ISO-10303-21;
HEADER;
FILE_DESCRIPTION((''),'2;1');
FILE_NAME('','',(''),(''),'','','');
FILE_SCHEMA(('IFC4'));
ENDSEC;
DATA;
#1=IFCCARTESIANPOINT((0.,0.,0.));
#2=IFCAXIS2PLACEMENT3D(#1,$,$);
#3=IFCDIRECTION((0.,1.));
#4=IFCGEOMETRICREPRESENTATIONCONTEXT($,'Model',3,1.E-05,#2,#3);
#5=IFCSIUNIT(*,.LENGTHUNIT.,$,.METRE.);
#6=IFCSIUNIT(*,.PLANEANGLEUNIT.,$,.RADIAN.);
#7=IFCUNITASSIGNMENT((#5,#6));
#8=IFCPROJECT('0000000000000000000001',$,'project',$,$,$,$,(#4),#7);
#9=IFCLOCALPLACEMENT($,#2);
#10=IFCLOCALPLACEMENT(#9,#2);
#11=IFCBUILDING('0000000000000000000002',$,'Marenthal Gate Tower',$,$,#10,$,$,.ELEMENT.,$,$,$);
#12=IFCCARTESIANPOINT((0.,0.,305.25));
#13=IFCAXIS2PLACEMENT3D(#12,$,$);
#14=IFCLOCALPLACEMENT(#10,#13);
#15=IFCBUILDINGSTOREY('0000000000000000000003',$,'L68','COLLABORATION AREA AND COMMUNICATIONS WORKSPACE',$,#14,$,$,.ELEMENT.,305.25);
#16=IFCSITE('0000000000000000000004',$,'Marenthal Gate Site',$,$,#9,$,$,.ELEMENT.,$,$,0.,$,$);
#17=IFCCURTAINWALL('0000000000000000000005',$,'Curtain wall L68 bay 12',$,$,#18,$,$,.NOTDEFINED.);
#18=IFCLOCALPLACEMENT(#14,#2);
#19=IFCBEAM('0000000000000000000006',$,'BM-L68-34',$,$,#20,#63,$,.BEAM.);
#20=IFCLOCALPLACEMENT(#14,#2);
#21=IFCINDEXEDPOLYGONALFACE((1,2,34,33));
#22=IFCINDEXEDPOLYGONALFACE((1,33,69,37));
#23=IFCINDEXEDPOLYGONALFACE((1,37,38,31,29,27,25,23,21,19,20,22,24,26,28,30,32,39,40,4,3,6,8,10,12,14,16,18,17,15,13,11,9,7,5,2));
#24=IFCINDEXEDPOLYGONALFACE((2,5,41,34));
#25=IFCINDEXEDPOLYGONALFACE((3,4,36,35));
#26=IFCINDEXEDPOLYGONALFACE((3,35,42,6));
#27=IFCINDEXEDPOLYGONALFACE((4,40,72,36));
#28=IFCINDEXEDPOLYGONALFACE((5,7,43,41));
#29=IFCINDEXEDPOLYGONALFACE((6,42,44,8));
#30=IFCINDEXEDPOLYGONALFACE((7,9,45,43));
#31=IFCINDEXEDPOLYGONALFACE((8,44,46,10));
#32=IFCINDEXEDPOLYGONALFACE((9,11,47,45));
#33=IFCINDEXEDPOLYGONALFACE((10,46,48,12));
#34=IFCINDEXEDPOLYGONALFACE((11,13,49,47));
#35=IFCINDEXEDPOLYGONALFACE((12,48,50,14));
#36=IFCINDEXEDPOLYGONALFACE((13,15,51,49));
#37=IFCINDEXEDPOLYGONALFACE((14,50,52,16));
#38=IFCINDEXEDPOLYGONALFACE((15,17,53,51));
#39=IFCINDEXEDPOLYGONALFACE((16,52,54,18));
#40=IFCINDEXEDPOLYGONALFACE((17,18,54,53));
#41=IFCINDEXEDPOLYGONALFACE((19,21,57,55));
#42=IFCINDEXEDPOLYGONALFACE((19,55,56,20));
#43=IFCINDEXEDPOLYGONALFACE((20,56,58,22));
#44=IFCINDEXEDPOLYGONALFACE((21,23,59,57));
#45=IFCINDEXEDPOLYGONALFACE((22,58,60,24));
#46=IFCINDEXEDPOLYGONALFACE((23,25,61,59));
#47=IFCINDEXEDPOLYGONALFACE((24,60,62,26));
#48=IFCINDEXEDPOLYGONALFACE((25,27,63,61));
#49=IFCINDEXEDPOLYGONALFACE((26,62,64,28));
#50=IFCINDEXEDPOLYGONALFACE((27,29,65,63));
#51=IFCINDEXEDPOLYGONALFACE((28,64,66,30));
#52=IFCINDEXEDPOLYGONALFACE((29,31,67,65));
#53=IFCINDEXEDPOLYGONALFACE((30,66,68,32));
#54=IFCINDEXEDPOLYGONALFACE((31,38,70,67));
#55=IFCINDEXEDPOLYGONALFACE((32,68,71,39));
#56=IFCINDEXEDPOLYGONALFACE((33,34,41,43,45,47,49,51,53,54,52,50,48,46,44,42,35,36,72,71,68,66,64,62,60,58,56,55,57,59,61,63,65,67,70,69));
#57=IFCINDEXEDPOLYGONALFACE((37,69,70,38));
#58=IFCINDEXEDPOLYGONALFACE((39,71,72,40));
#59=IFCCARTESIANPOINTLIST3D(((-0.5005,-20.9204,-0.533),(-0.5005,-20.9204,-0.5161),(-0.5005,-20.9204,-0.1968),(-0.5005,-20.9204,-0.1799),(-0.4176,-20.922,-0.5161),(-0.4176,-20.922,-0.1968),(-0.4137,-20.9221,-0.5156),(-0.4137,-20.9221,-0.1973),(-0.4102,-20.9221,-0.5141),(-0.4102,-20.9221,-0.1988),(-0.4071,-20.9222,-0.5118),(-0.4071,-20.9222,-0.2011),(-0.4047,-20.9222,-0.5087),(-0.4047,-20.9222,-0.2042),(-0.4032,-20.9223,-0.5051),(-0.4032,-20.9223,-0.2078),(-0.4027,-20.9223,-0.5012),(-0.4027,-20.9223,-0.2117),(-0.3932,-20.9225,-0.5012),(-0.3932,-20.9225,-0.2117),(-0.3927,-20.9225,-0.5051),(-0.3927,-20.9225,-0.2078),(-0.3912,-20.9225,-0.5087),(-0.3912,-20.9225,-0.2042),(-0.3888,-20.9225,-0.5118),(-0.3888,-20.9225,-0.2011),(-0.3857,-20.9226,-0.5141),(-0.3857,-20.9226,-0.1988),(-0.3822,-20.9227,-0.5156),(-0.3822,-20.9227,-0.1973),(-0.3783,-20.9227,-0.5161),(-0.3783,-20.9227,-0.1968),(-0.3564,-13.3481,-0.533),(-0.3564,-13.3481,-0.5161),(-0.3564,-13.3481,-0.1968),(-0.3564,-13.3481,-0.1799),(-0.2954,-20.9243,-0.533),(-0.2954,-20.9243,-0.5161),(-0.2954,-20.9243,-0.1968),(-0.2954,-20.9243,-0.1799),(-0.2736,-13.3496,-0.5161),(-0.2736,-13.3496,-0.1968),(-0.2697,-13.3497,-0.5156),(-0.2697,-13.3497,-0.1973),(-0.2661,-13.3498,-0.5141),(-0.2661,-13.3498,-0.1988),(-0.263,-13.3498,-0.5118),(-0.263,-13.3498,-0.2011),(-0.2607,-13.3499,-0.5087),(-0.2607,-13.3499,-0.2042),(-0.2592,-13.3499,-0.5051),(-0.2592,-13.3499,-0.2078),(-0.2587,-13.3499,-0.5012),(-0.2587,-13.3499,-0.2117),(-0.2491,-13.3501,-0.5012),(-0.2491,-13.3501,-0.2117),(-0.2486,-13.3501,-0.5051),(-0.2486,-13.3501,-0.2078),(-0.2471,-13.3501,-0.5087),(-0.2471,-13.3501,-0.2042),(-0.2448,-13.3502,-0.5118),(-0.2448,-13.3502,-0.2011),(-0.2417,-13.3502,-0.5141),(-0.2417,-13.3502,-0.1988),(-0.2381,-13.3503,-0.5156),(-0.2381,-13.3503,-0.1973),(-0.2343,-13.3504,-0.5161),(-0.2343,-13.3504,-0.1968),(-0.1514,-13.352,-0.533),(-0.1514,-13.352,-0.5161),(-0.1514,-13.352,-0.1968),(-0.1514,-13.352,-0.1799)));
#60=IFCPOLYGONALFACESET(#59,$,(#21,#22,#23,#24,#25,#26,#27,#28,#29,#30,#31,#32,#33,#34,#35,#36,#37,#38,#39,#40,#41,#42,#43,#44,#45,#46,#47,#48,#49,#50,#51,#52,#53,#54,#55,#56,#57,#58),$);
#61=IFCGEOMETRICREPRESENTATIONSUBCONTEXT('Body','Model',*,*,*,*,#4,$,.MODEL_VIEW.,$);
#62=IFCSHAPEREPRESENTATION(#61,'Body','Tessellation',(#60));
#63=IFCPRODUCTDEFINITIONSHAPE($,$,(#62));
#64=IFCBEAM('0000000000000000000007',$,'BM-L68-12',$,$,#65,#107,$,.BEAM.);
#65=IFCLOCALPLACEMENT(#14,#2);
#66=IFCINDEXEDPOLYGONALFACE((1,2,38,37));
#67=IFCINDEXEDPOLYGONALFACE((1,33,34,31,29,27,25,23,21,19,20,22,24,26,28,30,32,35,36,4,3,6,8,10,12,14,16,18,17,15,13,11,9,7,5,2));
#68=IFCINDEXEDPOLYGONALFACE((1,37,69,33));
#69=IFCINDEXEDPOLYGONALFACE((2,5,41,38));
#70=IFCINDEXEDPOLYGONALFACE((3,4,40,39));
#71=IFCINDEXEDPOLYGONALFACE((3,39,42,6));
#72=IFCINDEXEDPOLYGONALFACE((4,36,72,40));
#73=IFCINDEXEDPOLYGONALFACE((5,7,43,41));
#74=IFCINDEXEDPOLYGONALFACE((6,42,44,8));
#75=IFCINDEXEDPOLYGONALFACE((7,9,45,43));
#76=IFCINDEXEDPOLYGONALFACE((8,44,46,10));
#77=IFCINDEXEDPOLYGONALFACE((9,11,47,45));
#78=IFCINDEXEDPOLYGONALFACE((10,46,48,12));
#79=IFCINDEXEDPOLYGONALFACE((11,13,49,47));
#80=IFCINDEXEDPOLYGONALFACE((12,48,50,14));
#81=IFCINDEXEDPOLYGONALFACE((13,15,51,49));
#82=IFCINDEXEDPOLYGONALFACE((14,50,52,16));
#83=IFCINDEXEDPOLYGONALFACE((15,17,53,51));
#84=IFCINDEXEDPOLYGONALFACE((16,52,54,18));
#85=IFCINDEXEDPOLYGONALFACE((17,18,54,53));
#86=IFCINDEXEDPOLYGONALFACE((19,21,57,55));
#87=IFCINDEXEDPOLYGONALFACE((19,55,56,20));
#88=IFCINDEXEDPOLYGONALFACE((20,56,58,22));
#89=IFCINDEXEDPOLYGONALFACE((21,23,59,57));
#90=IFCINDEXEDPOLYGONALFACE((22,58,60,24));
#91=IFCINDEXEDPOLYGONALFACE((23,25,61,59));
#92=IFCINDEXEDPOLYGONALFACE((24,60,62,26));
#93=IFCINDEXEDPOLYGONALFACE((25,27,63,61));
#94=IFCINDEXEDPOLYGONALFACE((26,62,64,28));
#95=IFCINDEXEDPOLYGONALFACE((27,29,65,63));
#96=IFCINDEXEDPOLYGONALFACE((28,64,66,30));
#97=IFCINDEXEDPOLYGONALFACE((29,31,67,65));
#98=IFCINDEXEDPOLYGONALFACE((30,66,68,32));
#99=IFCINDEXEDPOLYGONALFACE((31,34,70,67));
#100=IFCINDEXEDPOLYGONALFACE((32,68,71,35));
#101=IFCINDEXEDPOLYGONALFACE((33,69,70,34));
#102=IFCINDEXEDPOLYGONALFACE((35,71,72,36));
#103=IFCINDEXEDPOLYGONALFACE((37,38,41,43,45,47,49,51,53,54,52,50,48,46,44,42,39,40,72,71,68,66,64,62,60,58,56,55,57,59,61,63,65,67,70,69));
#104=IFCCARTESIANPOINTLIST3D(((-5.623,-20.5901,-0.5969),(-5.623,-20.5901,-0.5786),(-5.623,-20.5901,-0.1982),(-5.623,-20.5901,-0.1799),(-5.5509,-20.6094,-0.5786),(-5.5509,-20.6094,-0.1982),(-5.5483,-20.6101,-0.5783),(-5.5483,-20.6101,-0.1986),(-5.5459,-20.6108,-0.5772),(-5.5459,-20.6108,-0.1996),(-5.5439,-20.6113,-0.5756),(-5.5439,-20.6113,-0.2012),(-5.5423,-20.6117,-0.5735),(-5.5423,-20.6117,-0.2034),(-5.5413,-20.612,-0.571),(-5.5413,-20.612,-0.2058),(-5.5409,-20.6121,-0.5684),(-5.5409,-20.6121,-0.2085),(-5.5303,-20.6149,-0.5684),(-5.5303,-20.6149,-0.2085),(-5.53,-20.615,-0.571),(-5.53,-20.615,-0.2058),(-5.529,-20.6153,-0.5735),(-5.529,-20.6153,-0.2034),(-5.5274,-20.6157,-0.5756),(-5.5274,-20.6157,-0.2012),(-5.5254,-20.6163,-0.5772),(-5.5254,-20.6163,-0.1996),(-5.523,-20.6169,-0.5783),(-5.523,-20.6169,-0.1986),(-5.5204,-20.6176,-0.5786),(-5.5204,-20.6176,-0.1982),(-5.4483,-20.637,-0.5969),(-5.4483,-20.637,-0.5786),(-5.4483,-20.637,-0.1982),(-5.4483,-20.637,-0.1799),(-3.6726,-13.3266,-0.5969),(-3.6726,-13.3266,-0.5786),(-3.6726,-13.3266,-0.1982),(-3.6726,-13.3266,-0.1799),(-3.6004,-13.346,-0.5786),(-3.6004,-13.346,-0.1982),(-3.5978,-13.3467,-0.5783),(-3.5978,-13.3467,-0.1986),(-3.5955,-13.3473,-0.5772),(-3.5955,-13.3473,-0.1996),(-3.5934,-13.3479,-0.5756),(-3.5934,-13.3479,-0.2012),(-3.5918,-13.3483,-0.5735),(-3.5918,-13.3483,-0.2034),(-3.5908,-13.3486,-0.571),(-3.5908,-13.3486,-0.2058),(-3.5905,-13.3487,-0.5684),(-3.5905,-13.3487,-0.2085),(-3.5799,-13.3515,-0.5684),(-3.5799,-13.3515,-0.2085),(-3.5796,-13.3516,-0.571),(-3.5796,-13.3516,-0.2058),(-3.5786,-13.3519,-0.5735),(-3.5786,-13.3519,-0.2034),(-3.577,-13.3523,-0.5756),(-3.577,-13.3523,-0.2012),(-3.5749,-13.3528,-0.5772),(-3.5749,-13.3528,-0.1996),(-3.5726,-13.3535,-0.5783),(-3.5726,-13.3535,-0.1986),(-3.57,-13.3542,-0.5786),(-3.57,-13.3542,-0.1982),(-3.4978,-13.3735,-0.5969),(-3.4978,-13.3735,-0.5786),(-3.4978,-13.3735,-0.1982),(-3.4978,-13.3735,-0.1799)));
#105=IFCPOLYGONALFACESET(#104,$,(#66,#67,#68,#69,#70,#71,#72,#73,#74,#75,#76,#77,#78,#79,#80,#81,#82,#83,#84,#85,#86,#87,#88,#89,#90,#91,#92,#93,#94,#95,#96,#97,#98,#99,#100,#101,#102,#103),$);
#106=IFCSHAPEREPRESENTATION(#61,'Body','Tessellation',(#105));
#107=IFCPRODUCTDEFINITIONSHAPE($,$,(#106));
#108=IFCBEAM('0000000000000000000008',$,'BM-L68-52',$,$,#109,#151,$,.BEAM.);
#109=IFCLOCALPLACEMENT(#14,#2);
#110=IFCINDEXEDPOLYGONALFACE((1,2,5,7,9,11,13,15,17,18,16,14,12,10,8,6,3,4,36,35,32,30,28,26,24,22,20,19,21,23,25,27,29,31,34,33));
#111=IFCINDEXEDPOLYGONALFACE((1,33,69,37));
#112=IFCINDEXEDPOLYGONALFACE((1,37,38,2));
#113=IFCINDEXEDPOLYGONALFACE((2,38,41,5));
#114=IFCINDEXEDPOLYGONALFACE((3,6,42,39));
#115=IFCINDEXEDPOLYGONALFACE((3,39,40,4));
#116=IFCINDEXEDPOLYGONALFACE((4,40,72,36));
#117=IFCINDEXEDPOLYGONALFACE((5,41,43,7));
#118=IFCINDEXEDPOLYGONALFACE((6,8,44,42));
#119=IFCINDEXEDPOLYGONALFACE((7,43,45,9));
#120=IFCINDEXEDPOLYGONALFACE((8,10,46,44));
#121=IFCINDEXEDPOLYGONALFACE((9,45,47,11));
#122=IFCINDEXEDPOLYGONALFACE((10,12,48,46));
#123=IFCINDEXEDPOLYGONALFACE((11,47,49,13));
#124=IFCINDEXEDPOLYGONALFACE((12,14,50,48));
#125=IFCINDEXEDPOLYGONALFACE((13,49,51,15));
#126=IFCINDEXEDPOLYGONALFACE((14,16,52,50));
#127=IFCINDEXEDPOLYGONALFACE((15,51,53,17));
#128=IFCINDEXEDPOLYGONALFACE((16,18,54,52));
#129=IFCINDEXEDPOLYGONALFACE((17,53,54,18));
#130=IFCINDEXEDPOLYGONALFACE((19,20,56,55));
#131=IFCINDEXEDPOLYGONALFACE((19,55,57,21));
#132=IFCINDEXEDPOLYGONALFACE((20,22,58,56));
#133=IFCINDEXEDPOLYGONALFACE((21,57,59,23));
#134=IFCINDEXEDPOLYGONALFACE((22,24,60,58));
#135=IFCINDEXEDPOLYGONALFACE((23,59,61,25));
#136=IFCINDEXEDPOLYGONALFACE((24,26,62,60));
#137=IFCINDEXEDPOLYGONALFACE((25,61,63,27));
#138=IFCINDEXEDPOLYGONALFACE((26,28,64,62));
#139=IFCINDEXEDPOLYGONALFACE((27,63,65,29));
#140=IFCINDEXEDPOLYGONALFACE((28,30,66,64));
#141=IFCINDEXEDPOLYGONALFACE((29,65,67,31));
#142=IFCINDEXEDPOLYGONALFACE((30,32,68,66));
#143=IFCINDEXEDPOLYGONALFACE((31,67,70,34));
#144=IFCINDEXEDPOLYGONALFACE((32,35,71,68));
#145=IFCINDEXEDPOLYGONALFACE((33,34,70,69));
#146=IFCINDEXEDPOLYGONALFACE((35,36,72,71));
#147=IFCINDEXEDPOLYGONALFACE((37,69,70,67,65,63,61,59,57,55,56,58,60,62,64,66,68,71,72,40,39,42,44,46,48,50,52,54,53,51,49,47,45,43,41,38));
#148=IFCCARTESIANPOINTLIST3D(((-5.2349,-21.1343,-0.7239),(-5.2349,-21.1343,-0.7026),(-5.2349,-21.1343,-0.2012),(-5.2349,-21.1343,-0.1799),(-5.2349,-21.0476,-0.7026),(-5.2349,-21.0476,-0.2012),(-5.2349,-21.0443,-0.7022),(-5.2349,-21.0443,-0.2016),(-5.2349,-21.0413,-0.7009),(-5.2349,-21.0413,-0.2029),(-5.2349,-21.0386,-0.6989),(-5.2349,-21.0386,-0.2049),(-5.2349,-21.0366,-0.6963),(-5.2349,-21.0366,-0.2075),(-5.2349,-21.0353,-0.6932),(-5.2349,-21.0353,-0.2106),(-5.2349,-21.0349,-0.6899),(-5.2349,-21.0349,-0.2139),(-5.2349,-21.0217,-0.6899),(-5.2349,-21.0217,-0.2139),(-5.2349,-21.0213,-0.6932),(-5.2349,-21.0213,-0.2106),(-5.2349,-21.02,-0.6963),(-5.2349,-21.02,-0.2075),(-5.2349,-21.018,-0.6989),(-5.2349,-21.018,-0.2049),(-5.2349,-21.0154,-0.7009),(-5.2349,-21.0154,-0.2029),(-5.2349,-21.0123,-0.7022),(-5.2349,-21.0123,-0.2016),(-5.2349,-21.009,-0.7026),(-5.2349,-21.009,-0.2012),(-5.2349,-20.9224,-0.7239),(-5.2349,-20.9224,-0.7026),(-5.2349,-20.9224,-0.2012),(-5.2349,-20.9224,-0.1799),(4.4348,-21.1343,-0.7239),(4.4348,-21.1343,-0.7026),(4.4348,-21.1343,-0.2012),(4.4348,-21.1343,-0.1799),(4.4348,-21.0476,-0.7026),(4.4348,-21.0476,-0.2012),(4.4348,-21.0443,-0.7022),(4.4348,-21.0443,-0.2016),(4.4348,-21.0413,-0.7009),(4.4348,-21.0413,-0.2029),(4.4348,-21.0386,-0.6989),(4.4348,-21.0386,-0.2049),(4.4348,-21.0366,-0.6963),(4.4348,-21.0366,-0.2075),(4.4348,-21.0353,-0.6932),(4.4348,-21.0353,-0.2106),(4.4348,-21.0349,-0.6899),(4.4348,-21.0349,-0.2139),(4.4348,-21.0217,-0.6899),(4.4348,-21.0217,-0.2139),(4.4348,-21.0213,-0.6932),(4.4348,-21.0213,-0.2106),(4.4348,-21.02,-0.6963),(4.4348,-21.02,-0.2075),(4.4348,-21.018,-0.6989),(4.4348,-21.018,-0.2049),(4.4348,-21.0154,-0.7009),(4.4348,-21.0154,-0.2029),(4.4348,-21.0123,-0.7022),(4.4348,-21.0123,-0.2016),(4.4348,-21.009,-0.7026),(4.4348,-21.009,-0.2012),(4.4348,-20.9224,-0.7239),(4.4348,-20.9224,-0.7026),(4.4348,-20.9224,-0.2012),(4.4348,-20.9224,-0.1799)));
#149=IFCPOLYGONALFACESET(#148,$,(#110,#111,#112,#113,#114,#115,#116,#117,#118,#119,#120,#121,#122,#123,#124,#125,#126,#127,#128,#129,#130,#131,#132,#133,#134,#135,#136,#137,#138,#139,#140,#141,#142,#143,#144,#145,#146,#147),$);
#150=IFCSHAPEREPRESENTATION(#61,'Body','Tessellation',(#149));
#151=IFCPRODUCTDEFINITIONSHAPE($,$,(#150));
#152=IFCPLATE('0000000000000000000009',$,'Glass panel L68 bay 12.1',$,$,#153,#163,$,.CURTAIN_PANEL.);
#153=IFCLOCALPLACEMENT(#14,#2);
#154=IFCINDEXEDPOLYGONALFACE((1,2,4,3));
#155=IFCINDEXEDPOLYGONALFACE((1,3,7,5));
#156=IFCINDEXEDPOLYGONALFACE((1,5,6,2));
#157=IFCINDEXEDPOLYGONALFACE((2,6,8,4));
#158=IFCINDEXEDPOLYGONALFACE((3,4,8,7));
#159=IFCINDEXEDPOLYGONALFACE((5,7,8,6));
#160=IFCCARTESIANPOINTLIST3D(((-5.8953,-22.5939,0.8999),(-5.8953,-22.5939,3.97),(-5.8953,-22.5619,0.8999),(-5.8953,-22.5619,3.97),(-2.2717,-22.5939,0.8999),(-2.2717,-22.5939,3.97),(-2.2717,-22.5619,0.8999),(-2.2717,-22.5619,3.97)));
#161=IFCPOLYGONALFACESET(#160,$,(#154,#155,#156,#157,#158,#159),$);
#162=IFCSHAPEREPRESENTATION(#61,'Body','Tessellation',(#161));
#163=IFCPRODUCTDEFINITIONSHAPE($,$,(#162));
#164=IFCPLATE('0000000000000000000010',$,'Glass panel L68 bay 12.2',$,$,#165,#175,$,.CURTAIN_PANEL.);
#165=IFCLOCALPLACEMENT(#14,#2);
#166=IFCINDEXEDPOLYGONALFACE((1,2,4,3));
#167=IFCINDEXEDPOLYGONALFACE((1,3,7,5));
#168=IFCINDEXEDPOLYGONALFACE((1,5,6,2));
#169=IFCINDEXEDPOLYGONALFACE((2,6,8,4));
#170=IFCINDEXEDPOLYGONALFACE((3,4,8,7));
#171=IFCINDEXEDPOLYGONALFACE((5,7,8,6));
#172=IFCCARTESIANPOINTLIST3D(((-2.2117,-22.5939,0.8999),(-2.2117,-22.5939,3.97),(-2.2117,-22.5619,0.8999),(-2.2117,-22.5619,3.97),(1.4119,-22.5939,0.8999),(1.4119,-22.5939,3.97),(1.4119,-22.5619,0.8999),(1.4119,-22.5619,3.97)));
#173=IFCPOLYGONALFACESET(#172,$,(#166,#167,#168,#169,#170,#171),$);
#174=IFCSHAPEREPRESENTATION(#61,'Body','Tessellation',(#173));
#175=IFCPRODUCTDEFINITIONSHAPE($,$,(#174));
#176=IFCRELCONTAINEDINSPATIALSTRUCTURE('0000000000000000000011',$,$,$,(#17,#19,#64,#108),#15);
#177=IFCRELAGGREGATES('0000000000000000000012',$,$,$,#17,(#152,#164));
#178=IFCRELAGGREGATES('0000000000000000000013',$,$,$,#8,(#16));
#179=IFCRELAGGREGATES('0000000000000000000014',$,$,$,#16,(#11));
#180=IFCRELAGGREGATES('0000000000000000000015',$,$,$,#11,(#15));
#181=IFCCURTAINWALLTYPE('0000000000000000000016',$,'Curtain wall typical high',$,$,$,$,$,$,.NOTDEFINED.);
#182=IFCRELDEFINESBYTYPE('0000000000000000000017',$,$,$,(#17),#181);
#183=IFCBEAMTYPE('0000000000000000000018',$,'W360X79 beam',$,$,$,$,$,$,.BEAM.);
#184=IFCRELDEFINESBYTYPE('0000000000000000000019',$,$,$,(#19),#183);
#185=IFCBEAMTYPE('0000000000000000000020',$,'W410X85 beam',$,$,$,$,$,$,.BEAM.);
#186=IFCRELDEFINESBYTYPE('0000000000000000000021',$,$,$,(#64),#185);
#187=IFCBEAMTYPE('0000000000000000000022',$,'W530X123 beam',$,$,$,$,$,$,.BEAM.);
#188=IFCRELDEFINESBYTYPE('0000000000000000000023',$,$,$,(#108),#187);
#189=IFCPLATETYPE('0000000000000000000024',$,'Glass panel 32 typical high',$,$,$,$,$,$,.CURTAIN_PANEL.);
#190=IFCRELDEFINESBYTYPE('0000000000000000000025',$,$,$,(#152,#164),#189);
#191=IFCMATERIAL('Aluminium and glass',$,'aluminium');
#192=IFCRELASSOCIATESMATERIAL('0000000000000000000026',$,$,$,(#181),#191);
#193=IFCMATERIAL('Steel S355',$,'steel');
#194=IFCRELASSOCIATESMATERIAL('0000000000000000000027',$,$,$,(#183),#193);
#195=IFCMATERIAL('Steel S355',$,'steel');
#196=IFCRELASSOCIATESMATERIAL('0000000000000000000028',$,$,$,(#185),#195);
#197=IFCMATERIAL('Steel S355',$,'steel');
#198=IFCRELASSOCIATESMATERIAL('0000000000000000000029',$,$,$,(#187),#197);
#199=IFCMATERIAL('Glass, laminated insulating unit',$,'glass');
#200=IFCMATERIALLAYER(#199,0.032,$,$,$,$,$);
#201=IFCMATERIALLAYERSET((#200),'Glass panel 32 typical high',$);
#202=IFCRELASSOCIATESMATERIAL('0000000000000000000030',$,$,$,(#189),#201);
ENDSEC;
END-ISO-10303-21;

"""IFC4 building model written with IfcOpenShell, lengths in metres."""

from ifc_helpers import new_model, si_unit, direction, frame, origin, origin_2d, place, context, subcontext, project, spatial, rectangle, i_section, extrude, material, layer, layer_set, material_profile, profile_set, type_object, element, aggregate, save


model = new_model("IFC4")

# Units and contexts
model_context = context("Model", 3, precision=1e-05, world=origin(), true_north=direction((0.0, 1.0)))
body_context = subcontext(model_context, "Body", "Model", "MODEL_VIEW")
ifc_project = project(units=[si_unit("LENGTHUNIT", "METRE"), si_unit("PLANEANGLEUNIT", "RADIAN")], contexts=[model_context])

# Site, building, storey
site_placement = place(None, origin())
site = spatial("IfcSite", under=ifc_project, at=site_placement, Name="Marenthal Gate Site", CompositionType="ELEMENT", RefElevation=0.0)
building_placement = place(site_placement, origin())
building = spatial("IfcBuilding", under=site, at=building_placement, Name="Marenthal Gate Tower", CompositionType="ELEMENT")
storey_placement = place(building_placement, frame((0.0, 0.0, 305.25)))
storey = spatial("IfcBuildingStorey", under=building, at=storey_placement, Name="L68", Description="COLLABORATION AREA AND COMMUNICATIONS WORKSPACE", CompositionType="ELEMENT", Elevation=305.25)

# Curtain wall
ifc_material_1 = material(Name="Aluminium and glass", Category="aluminium")
curtain_wall_type = type_object("IfcCurtainWallType", Name="Curtain wall typical high", PredefinedType="NOTDEFINED", material=ifc_material_1)
curtain_wall_placement = place(storey_placement, origin())
curtain_wall = element("IfcCurtainWall", 1, at=curtain_wall_placement, inside=storey, type_object=curtain_wall_type, Name="Curtain wall L68 bay 12", PredefinedType="NOTDEFINED")

# Beams
ifc_material_2 = material(Name="Steel S355", Category="steel")
ifc_material_profile_1 = material_profile(ifc_material_2, i_section(OverallWidth=0.2051, OverallDepth=0.353, WebThickness=0.0095, FlangeThickness=0.0168, FilletRadius=0.0149, at=origin_2d()), Name="W360X79")
ifc_profile_set_1 = profile_set([ifc_material_profile_1], Name="Steel S355")
beam_type_1 = type_object("IfcBeamType", Name="W360X79 beam", PredefinedType="BEAM", material=ifc_profile_set_1)
beam_1_placement = place(storey_placement, frame((-0.3979, -20.9224, -0.3564), z_axis=(0.019019, 0.999819, 0.0), x_axis=(-0.999819, 0.019019, 0.0)))
element("IfcBeam", 2, at=beam_1_placement, inside=storey, type_object=beam_type_1, Name="BM-L68-34", PredefinedType="BEAM", context=body_context, shape_type="SweptSolid", body=[
    extrude(i_section(OverallWidth=0.2051, OverallDepth=0.353, WebThickness=0.0095, FlangeThickness=0.0168, FilletRadius=0.0149, at=origin_2d()), origin(), (0.0, 0.0, 1.0), 7.5737),
])
ifc_material_3 = material(Name="Steel S355", Category="steel")
ifc_material_profile_2 = material_profile(ifc_material_3, i_section(OverallWidth=0.1809, OverallDepth=0.417, WebThickness=0.011, FlangeThickness=0.0183, FilletRadius=0.0103, at=origin_2d()), Name="W410X85")
ifc_profile_set_2 = profile_set([ifc_material_profile_2], Name="Steel S355")
beam_type_2 = type_object("IfcBeamType", Name="W410X85 beam", PredefinedType="BEAM", material=ifc_profile_set_2)
beam_2_placement = place(storey_placement, frame((-5.5356, -20.6135, -0.3884), z_axis=(0.259341, 0.965786, 0.0), x_axis=(-0.965786, 0.259341, 0.0)))
element("IfcBeam", 3, at=beam_2_placement, inside=storey, type_object=beam_type_2, Name="BM-L68-12", PredefinedType="BEAM", context=body_context, shape_type="SweptSolid", body=[
    extrude(i_section(OverallWidth=0.1809, OverallDepth=0.417, WebThickness=0.011, FlangeThickness=0.0183, FilletRadius=0.0103, at=origin_2d()), origin(), (0.0, 0.0, 1.0), 7.5208),
])
ifc_material_4 = material(Name="Steel S355", Category="steel")
ifc_material_profile_3 = material_profile(ifc_material_4, i_section(OverallWidth=0.2119, OverallDepth=0.5439, WebThickness=0.0132, FlangeThickness=0.0212, FilletRadius=0.0127, at=origin_2d()), Name="W530X123")
ifc_profile_set_3 = profile_set([ifc_material_profile_3], Name="Steel S355")
beam_type_3 = type_object("IfcBeamType", Name="W530X123 beam", PredefinedType="BEAM", material=ifc_profile_set_3)
beam_3_placement = place(storey_placement, frame((-5.2349, -21.0283, -0.4519), z_axis=(1.0, 0.0, 0.0), x_axis=(0.0, 1.0, 0.0)))
element("IfcBeam", 4, at=beam_3_placement, inside=storey, type_object=beam_type_3, Name="BM-L68-52", PredefinedType="BEAM", context=body_context, shape_type="SweptSolid", body=[
    extrude(i_section(OverallWidth=0.2119, OverallDepth=0.5439, WebThickness=0.0132, FlangeThickness=0.0212, FilletRadius=0.0127, at=origin_2d()), origin(), (0.0, 0.0, 1.0), 9.6697),
])

# Plates
ifc_material_5 = material(Name="Glass, laminated insulating unit", Category="glass")
ifc_layer_1 = layer(ifc_material_5, 0.032)
ifc_layer_set_1 = layer_set([ifc_layer_1], Name="Glass panel 32 typical high")
plate_type = type_object("IfcPlateType", Name="Glass panel 32 typical high", PredefinedType="CURTAIN_PANEL", material=ifc_layer_set_1)
plate_1_placement = place(storey_placement, frame((-4.0835, -22.5779, 0.8999), z_axis=(0.0, 0.0, 1.0), x_axis=(1.0, 0.0, 0.0)))
plate_1 = element("IfcPlate", 5, at=plate_1_placement, type_object=plate_type, Name="Glass panel L68 bay 12.1", PredefinedType="CURTAIN_PANEL", context=body_context, shape_type="SweptSolid", body=[
    extrude(rectangle(XDim=3.6235, YDim=0.032, at=origin_2d()), origin(), (0.0, 0.0, 1.0), 3.0701),
])
plate_2_placement = place(storey_placement, frame((-0.3999, -22.5779, 0.8999), z_axis=(0.0, 0.0, 1.0), x_axis=(1.0, 0.0, 0.0)))
plate_2 = element("IfcPlate", 6, at=plate_2_placement, type_object=plate_type, Name="Glass panel L68 bay 12.2", PredefinedType="CURTAIN_PANEL", context=body_context, shape_type="SweptSolid", body=[
    extrude(rectangle(XDim=3.6235, YDim=0.032, at=origin_2d()), origin(), (0.0, 0.0, 1.0), 3.0701),
])
aggregate(curtain_wall, [plate_1, plate_2])

save(model, "model.ifc")
